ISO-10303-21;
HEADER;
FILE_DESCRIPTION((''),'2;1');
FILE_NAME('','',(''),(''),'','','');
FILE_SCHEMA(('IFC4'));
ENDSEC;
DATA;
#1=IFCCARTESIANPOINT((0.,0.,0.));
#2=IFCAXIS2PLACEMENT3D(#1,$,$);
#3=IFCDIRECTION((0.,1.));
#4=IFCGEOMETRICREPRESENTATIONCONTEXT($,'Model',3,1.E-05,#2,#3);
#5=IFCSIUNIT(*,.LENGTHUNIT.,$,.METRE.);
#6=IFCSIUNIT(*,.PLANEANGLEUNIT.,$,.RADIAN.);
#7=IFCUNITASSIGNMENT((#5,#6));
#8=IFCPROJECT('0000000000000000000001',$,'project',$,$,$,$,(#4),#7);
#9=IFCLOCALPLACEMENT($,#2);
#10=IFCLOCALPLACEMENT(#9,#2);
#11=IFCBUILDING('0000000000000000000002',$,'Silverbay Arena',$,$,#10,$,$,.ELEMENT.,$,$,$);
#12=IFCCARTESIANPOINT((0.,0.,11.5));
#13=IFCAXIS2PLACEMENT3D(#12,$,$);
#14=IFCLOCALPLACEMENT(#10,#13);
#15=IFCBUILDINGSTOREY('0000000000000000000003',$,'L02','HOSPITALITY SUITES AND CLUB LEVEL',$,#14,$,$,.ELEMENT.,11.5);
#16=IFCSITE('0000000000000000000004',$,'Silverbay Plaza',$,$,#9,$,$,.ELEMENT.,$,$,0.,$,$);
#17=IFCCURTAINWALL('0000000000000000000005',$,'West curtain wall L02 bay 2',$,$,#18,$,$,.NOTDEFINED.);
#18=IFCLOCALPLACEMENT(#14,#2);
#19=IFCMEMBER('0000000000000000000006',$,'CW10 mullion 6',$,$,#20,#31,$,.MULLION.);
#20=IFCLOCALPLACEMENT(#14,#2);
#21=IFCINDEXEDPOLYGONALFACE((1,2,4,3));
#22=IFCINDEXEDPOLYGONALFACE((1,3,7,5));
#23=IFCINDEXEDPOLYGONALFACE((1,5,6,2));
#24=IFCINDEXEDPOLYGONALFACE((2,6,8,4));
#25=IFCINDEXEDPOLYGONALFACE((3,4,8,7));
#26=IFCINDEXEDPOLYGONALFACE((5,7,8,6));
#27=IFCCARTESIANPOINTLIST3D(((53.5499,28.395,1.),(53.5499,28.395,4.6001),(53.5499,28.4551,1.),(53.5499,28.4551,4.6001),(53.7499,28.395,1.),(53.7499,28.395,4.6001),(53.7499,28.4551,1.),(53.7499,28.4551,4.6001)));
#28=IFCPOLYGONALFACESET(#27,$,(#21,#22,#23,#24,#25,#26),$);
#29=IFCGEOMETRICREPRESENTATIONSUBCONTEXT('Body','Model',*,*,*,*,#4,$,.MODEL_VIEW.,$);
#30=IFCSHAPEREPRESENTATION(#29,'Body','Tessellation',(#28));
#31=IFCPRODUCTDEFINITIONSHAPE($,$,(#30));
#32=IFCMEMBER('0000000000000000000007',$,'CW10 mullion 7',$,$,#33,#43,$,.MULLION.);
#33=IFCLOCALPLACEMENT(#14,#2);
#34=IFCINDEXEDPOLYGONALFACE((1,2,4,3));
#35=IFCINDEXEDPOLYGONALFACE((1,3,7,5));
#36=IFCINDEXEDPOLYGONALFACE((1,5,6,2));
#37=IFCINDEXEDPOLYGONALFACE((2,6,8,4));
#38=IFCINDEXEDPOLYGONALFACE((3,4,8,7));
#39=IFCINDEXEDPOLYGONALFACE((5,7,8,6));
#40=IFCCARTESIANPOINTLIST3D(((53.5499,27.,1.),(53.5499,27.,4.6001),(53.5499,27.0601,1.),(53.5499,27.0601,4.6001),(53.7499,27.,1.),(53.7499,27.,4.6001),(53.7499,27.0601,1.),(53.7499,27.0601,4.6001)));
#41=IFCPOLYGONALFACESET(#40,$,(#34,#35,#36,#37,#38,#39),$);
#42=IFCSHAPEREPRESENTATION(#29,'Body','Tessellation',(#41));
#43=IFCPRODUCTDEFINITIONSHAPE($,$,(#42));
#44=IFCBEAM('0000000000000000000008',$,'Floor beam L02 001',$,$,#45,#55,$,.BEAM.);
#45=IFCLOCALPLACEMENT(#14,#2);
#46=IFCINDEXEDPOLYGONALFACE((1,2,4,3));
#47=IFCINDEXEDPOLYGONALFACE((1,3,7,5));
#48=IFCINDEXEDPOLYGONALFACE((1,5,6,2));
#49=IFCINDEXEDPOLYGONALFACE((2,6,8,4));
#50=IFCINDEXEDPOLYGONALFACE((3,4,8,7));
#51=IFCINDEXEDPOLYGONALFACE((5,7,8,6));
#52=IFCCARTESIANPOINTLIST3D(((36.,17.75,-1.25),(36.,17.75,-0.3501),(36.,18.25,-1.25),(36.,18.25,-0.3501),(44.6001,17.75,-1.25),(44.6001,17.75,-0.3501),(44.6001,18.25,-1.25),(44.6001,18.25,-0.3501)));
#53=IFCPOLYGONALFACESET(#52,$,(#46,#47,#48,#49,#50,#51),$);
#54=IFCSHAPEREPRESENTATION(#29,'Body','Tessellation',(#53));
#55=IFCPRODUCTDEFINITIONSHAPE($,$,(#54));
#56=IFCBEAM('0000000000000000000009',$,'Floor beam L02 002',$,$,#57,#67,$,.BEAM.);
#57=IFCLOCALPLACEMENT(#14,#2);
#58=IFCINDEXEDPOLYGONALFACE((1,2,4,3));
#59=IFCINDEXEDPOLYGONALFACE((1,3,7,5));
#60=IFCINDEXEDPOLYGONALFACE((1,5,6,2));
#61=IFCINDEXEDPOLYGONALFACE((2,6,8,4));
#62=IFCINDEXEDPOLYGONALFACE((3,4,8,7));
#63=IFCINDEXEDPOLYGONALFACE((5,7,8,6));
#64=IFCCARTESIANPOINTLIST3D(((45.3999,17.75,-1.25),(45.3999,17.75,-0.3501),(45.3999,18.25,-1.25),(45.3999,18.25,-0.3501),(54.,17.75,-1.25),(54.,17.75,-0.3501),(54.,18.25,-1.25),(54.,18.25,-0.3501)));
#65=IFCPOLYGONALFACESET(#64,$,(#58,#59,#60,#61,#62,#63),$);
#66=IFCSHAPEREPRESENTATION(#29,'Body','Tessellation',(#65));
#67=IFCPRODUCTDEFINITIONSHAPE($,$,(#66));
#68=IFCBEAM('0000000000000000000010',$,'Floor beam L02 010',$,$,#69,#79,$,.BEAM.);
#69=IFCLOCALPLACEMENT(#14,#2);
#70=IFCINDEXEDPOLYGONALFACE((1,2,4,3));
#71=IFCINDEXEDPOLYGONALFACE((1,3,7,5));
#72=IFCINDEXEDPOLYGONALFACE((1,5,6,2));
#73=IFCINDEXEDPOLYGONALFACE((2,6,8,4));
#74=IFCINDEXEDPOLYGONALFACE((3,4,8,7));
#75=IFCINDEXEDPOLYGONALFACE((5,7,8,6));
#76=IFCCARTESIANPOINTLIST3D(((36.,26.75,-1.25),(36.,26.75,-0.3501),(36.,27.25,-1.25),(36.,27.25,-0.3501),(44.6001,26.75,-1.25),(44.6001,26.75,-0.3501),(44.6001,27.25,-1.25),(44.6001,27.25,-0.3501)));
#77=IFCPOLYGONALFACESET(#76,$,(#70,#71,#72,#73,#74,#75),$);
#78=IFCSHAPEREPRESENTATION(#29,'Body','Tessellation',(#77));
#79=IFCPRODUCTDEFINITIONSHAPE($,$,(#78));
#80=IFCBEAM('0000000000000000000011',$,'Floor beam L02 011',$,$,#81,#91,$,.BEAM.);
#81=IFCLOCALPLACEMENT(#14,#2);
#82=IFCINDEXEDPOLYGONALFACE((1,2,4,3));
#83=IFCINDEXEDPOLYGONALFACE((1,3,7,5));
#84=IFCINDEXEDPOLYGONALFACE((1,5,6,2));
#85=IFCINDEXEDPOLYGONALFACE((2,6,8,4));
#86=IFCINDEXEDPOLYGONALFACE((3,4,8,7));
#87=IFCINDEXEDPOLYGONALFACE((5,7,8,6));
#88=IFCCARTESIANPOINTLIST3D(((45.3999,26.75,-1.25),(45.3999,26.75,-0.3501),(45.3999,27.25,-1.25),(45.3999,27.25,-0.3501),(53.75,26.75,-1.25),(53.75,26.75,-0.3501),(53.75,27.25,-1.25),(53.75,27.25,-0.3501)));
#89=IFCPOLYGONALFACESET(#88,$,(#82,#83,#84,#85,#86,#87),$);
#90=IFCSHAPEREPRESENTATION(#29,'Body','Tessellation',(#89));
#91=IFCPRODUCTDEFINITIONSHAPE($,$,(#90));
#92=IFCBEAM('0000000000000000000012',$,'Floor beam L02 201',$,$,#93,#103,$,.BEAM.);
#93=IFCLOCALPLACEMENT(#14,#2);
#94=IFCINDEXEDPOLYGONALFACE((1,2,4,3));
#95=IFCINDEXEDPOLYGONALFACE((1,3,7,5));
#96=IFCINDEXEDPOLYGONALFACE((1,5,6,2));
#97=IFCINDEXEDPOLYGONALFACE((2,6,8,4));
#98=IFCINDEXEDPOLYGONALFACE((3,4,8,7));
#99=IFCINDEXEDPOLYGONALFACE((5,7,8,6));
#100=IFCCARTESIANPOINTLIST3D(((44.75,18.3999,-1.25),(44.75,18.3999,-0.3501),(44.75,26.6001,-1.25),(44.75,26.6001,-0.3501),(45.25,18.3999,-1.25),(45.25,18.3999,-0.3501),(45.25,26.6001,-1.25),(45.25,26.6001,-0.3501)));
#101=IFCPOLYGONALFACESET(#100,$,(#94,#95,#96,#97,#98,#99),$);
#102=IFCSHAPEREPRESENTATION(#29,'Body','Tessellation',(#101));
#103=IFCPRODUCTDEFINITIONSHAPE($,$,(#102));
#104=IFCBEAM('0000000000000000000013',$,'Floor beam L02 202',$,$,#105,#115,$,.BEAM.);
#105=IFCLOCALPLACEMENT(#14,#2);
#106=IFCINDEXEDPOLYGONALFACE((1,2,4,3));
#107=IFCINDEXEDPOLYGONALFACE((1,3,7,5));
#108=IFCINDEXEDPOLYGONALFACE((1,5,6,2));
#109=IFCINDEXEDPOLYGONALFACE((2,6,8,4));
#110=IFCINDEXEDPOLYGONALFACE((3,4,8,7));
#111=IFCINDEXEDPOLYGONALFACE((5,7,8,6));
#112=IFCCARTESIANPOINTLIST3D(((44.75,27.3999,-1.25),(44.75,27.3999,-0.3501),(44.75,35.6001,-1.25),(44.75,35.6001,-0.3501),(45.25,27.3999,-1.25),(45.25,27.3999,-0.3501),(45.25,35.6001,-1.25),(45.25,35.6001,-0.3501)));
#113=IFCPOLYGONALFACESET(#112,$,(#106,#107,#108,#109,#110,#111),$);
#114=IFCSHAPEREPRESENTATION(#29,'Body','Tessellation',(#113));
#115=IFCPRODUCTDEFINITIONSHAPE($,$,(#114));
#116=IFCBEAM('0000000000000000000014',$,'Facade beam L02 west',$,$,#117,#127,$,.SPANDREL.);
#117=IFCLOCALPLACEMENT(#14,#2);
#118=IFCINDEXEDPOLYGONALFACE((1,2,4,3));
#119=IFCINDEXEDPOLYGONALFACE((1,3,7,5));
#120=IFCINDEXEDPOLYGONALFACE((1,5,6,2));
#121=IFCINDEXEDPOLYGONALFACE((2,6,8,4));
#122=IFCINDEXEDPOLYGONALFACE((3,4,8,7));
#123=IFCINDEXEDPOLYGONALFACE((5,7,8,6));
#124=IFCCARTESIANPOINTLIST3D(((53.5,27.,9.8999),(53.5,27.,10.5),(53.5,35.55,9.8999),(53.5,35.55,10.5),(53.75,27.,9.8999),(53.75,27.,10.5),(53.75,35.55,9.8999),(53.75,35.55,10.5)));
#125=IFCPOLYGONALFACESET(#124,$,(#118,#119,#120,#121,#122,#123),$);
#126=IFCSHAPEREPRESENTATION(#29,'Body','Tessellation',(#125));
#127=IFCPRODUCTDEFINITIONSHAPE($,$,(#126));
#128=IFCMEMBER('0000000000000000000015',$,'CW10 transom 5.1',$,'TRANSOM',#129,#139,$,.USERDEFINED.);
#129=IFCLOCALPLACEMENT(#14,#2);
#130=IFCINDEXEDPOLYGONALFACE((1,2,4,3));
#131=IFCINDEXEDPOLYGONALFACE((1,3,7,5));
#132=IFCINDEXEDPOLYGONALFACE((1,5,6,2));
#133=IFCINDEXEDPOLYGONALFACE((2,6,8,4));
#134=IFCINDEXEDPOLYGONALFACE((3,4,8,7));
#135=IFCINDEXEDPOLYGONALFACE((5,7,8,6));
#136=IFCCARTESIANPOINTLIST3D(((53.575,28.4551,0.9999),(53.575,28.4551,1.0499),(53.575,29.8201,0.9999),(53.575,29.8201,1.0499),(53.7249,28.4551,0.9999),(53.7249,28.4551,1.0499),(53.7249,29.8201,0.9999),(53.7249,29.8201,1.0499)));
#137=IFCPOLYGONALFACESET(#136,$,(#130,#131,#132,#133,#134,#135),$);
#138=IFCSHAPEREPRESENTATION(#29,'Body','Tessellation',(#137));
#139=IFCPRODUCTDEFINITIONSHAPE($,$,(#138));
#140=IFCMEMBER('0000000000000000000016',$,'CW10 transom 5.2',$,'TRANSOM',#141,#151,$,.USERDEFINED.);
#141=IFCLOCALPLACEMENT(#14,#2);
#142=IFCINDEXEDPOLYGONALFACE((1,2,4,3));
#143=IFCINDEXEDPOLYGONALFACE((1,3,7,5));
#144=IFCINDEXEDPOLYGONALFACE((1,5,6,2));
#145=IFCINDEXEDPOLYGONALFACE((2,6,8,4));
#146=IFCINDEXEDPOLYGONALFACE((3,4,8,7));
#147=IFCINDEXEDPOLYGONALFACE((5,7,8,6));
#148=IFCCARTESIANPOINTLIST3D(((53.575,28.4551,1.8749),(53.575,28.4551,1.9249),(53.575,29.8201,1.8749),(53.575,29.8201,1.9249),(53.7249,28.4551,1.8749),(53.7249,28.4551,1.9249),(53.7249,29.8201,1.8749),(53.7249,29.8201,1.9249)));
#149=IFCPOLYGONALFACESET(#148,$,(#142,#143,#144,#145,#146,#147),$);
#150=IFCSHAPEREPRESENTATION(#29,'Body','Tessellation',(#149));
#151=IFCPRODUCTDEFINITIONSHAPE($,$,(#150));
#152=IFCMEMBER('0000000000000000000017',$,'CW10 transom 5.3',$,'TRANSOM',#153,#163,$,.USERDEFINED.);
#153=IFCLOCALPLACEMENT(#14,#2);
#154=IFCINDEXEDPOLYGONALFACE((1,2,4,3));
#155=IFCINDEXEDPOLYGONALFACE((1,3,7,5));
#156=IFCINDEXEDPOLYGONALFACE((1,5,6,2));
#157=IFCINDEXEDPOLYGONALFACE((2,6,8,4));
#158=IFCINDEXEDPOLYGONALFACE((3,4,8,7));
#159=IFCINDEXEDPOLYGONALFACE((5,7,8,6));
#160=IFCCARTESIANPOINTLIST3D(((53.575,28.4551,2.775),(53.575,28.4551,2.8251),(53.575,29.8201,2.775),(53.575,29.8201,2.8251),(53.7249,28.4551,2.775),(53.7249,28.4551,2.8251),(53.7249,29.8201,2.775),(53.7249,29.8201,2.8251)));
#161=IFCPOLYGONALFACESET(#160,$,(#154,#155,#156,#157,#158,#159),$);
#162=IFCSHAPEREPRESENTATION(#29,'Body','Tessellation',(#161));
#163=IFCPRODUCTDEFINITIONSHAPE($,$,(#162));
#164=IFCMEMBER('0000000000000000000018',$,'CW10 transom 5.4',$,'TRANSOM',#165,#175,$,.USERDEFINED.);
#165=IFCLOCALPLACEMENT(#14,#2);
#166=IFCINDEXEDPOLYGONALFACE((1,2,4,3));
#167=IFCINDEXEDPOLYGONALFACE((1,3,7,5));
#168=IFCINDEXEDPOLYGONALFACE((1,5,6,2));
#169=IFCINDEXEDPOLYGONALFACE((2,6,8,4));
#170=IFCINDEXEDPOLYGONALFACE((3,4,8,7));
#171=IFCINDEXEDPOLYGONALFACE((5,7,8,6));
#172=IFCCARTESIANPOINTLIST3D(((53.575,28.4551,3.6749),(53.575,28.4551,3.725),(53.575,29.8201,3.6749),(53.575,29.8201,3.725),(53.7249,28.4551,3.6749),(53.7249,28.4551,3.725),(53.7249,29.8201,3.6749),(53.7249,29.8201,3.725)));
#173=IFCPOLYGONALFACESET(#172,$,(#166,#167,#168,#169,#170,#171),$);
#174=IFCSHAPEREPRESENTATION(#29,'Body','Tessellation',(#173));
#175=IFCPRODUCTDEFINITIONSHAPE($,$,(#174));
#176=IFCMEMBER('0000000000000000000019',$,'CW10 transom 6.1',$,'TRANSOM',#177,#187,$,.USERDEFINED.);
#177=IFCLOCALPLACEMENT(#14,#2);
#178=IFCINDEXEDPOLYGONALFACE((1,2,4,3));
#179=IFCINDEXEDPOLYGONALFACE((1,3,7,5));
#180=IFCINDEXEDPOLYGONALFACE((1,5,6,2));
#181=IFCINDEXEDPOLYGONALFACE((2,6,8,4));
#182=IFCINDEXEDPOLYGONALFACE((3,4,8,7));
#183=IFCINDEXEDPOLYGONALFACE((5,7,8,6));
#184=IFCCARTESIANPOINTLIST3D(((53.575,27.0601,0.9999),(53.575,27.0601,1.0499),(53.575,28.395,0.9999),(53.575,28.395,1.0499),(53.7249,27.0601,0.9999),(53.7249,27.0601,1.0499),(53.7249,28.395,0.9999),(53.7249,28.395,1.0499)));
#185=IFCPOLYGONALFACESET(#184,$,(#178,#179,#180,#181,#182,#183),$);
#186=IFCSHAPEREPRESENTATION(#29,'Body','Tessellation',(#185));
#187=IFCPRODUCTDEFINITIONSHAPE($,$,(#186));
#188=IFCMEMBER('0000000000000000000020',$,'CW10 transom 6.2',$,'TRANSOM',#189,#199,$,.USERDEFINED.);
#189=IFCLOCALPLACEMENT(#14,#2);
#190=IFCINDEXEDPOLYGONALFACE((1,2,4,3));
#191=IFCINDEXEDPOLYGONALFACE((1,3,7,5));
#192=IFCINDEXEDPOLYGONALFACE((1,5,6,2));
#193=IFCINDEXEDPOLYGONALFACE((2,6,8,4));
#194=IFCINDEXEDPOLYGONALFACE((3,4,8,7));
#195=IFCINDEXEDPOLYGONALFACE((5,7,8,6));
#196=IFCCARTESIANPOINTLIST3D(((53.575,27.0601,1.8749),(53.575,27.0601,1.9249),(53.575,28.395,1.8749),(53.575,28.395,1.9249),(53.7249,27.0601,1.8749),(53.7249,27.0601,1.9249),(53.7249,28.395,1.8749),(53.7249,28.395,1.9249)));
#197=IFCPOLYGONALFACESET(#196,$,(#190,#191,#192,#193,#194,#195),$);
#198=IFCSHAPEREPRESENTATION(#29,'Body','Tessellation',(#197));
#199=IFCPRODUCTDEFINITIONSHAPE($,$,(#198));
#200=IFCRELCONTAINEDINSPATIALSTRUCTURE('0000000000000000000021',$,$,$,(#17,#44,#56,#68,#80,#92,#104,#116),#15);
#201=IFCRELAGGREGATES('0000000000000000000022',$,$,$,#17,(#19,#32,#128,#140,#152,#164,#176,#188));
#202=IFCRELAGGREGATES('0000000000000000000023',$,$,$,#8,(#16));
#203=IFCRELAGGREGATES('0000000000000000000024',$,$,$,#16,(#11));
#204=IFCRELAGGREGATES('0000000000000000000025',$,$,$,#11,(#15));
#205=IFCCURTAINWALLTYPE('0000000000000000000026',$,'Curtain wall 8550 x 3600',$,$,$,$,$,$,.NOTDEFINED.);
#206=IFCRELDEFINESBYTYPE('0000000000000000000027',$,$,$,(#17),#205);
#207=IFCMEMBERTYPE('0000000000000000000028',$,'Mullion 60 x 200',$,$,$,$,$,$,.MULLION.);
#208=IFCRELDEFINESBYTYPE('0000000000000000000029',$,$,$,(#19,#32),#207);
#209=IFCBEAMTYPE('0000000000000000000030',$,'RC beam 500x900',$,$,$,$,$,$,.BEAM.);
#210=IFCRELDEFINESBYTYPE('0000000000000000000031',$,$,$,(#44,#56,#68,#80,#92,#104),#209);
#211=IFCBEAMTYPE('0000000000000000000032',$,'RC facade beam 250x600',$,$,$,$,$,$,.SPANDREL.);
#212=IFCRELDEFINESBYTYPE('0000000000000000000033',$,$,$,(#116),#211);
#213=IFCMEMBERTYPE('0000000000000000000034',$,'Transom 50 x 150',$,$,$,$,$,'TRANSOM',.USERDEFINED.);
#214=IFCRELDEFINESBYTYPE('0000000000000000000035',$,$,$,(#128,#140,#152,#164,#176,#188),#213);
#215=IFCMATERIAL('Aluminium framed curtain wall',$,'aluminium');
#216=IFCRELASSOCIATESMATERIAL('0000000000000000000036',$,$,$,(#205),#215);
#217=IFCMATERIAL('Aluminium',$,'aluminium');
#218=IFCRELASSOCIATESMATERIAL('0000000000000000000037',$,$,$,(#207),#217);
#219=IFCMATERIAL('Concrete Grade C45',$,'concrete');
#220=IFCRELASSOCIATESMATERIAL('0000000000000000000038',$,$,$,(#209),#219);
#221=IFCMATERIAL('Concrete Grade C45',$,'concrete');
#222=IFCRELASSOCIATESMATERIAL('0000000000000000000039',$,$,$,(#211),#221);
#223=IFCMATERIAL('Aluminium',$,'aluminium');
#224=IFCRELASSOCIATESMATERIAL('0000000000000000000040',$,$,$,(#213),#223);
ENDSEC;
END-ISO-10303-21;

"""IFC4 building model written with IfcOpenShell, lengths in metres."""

from ifc_helpers import new_model, si_unit, direction, frame, origin, origin_2d, place, context, subcontext, project, spatial, rectangle, extrude, material, material_profile, profile_set, type_object, element, aggregate, save


model = new_model("IFC4")

# Units and contexts
model_context = context("Model", 3, precision=1e-05, world=origin(), true_north=direction((0.0, 1.0)))
body_context = subcontext(model_context, "Body", "Model", "MODEL_VIEW")
ifc_project = project(units=[si_unit("LENGTHUNIT", "METRE"), si_unit("PLANEANGLEUNIT", "RADIAN")], contexts=[model_context])

# Site, building, storey
site_placement = place(None, origin())
site = spatial("IfcSite", under=ifc_project, at=site_placement, Name="Silverbay Plaza", CompositionType="ELEMENT", RefElevation=0.0)
building_placement = place(site_placement, origin())
building = spatial("IfcBuilding", under=site, at=building_placement, Name="Silverbay Arena", CompositionType="ELEMENT")
storey_placement = place(building_placement, frame((0.0, 0.0, 11.5)))
storey = spatial("IfcBuildingStorey", under=building, at=storey_placement, Name="L02", Description="HOSPITALITY SUITES AND CLUB LEVEL", CompositionType="ELEMENT", Elevation=11.5)

# Curtain wall, members
ifc_material_1 = material(Name="Aluminium framed curtain wall", Category="aluminium")
curtain_wall_type = type_object("IfcCurtainWallType", Name="Curtain wall 8550 x 3600", PredefinedType="NOTDEFINED", material=ifc_material_1)
curtain_wall_placement = place(storey_placement, origin())
curtain_wall = element("IfcCurtainWall", 1, at=curtain_wall_placement, inside=storey, type_object=curtain_wall_type, Name="West curtain wall L02 bay 2", PredefinedType="NOTDEFINED")
ifc_material_2 = material(Name="Aluminium", Category="aluminium")
ifc_material_profile_1 = material_profile(ifc_material_2, rectangle(XDim=0.2, YDim=0.0601, at=origin_2d()), Name="Mullion 60 x 200")
ifc_profile_set_1 = profile_set([ifc_material_profile_1], Name="Aluminium")
member_type_1 = type_object("IfcMemberType", Name="Mullion 60 x 200", PredefinedType="MULLION", material=ifc_profile_set_1)
member_1_placement = place(storey_placement, frame((53.6499, 28.425, 1.0), z_axis=(0.0, 0.0, 1.0), x_axis=(1.0, 0.0, 0.0)))
member_1 = element("IfcMember", 2, at=member_1_placement, type_object=member_type_1, Name="CW10 mullion 6", PredefinedType="MULLION", context=body_context, shape_type="SweptSolid", body=[
    extrude(rectangle(XDim=0.2, YDim=0.0601, at=origin_2d()), origin(), (0.0, 0.0, 1.0), 3.6001),
])
member_2_placement = place(storey_placement, frame((53.6499, 27.03, 1.0), z_axis=(0.0, 0.0, 1.0), x_axis=(1.0, 0.0, 0.0)))
member_2 = element("IfcMember", 3, at=member_2_placement, type_object=member_type_1, Name="CW10 mullion 7", PredefinedType="MULLION", context=body_context, shape_type="SweptSolid", body=[
    extrude(rectangle(XDim=0.2, YDim=0.0601, at=origin_2d()), origin(), (0.0, 0.0, 1.0), 3.6001),
])

# Beams
ifc_material_3 = material(Name="Concrete Grade C45", Category="concrete")
ifc_material_profile_2 = material_profile(ifc_material_3, rectangle(XDim=0.5, YDim=0.8999, at=origin_2d()), Name="RC 500x900")
ifc_profile_set_2 = profile_set([ifc_material_profile_2], Name="Concrete Grade C45")
beam_type_1 = type_object("IfcBeamType", Name="RC beam 500x900", PredefinedType="BEAM", material=ifc_profile_set_2)
for number, where, z_axis, x_axis, name in (
    (4, (36.0, 18.0, -0.8), (1.0, 0.0, 0.0), (0.0, 1.0, 0.0), "Floor beam L02 001"),
    (5, (45.3999, 18.0, -0.8), (1.0, 0.0, 0.0), (0.0, 1.0, 0.0), "Floor beam L02 002"),
    (6, (36.0, 27.0, -0.8), (1.0, 0.0, 0.0), (0.0, 1.0, 0.0), "Floor beam L02 010"),
):
    element("IfcBeam", number, at=place(storey_placement, frame(where, z_axis=z_axis, x_axis=x_axis)), inside=storey, type_object=beam_type_1, Name=name, PredefinedType="BEAM", context=body_context, shape_type="SweptSolid", body=[
        extrude(rectangle(XDim=0.5, YDim=0.8999, at=origin_2d()), origin(), (0.0, 0.0, 1.0), 8.6001),
    ])
beam_1_placement = place(storey_placement, frame((45.3999, 27.0, -0.8), z_axis=(1.0, 0.0, 0.0), x_axis=(0.0, 1.0, 0.0)))
element("IfcBeam", 7, at=beam_1_placement, inside=storey, type_object=beam_type_1, Name="Floor beam L02 011", PredefinedType="BEAM", context=body_context, shape_type="SweptSolid", body=[
    extrude(rectangle(XDim=0.5, YDim=0.8999, at=origin_2d()), origin(), (0.0, 0.0, 1.0), 8.3501),
])
for number, where, z_axis, x_axis, name in (
    (8, (45.0, 18.3999, -0.8), (0.0, 1.0, 0.0), (-1.0, 0.0, 0.0), "Floor beam L02 201"),
    (9, (45.0, 27.3999, -0.8), (0.0, 1.0, 0.0), (-1.0, 0.0, 0.0), "Floor beam L02 202"),
):
    element("IfcBeam", number, at=place(storey_placement, frame(where, z_axis=z_axis, x_axis=x_axis)), inside=storey, type_object=beam_type_1, Name=name, PredefinedType="BEAM", context=body_context, shape_type="SweptSolid", body=[
        extrude(rectangle(XDim=0.5, YDim=0.8999, at=origin_2d()), origin(), (0.0, 0.0, 1.0), 8.2002),
    ])
ifc_material_4 = material(Name="Concrete Grade C45", Category="concrete")
ifc_material_profile_3 = material_profile(ifc_material_4, rectangle(XDim=0.25, YDim=0.6001, at=origin_2d()), Name="RC 250x600")
ifc_profile_set_3 = profile_set([ifc_material_profile_3], Name="Concrete Grade C45")
beam_type_2 = type_object("IfcBeamType", Name="RC facade beam 250x600", PredefinedType="SPANDREL", material=ifc_profile_set_3)
beam_2_placement = place(storey_placement, frame((53.625, 27.0, 10.2), z_axis=(0.0, 1.0, 0.0), x_axis=(-1.0, 0.0, 0.0)))
element("IfcBeam", 10, at=beam_2_placement, inside=storey, type_object=beam_type_2, Name="Facade beam L02 west", PredefinedType="SPANDREL", context=body_context, shape_type="SweptSolid", body=[
    extrude(rectangle(XDim=0.25, YDim=0.6001, at=origin_2d()), origin(), (0.0, 0.0, 1.0), 8.55),
])

# Members
ifc_material_5 = material(Name="Aluminium", Category="aluminium")
ifc_material_profile_4 = material_profile(ifc_material_5, rectangle(XDim=0.1499, YDim=0.05, at=origin_2d()), Name="Transom 50 x 150")
ifc_profile_set_4 = profile_set([ifc_material_profile_4], Name="Aluminium")
member_type_2 = type_object("IfcMemberType", Name="Transom 50 x 150", ElementType="TRANSOM", PredefinedType="USERDEFINED", material=ifc_profile_set_4)
member_3_placement = place(storey_placement, frame((53.6499, 29.8201, 1.0249), z_axis=(0.0, -1.0, 0.0), x_axis=(1.0, 0.0, 0.0)))
member_3 = element("IfcMember", 11, at=member_3_placement, type_object=member_type_2, Name="CW10 transom 5.1", ObjectType="TRANSOM", PredefinedType="USERDEFINED", context=body_context, shape_type="SweptSolid", body=[
    extrude(rectangle(XDim=0.1499, YDim=0.05, at=origin_2d()), origin(), (0.0, 0.0, 1.0), 1.365),
])
member_4_placement = place(storey_placement, frame((53.6499, 29.8201, 1.8999), z_axis=(0.0, -1.0, 0.0), x_axis=(1.0, 0.0, 0.0)))
member_4 = element("IfcMember", 12, at=member_4_placement, type_object=member_type_2, Name="CW10 transom 5.2", ObjectType="TRANSOM", PredefinedType="USERDEFINED", context=body_context, shape_type="SweptSolid", body=[
    extrude(rectangle(XDim=0.1499, YDim=0.05, at=origin_2d()), origin(), (0.0, 0.0, 1.0), 1.365),
])
member_5_placement = place(storey_placement, frame((53.6499, 29.8201, 2.8), z_axis=(0.0, -1.0, 0.0), x_axis=(1.0, 0.0, 0.0)))
member_5 = element("IfcMember", 13, at=member_5_placement, type_object=member_type_2, Name="CW10 transom 5.3", ObjectType="TRANSOM", PredefinedType="USERDEFINED", context=body_context, shape_type="SweptSolid", body=[
    extrude(rectangle(XDim=0.1499, YDim=0.05, at=origin_2d()), origin(), (0.0, 0.0, 1.0), 1.365),
])
member_6_placement = place(storey_placement, frame((53.6499, 29.8201, 3.7), z_axis=(0.0, -1.0, 0.0), x_axis=(1.0, 0.0, 0.0)))
member_6 = element("IfcMember", 14, at=member_6_placement, type_object=member_type_2, Name="CW10 transom 5.4", ObjectType="TRANSOM", PredefinedType="USERDEFINED", context=body_context, shape_type="SweptSolid", body=[
    extrude(rectangle(XDim=0.1499, YDim=0.05, at=origin_2d()), origin(), (0.0, 0.0, 1.0), 1.365),
])
member_7_placement = place(storey_placement, frame((53.6499, 28.395, 1.0249), z_axis=(0.0, -1.0, 0.0), x_axis=(1.0, 0.0, 0.0)))
member_7 = element("IfcMember", 15, at=member_7_placement, type_object=member_type_2, Name="CW10 transom 6.1", ObjectType="TRANSOM", PredefinedType="USERDEFINED", context=body_context, shape_type="SweptSolid", body=[
    extrude(rectangle(XDim=0.1499, YDim=0.05, at=origin_2d()), origin(), (0.0, 0.0, 1.0), 1.335),
])
member_8_placement = place(storey_placement, frame((53.6499, 28.395, 1.8999), z_axis=(0.0, -1.0, 0.0), x_axis=(1.0, 0.0, 0.0)))
member_8 = element("IfcMember", 16, at=member_8_placement, type_object=member_type_2, Name="CW10 transom 6.2", ObjectType="TRANSOM", PredefinedType="USERDEFINED", context=body_context, shape_type="SweptSolid", body=[
    extrude(rectangle(XDim=0.1499, YDim=0.05, at=origin_2d()), origin(), (0.0, 0.0, 1.0), 1.335),
])

aggregate(curtain_wall, [member_1, member_2, member_3, member_4, member_5, member_6, member_7, member_8])

save(model, "model.ifc")
